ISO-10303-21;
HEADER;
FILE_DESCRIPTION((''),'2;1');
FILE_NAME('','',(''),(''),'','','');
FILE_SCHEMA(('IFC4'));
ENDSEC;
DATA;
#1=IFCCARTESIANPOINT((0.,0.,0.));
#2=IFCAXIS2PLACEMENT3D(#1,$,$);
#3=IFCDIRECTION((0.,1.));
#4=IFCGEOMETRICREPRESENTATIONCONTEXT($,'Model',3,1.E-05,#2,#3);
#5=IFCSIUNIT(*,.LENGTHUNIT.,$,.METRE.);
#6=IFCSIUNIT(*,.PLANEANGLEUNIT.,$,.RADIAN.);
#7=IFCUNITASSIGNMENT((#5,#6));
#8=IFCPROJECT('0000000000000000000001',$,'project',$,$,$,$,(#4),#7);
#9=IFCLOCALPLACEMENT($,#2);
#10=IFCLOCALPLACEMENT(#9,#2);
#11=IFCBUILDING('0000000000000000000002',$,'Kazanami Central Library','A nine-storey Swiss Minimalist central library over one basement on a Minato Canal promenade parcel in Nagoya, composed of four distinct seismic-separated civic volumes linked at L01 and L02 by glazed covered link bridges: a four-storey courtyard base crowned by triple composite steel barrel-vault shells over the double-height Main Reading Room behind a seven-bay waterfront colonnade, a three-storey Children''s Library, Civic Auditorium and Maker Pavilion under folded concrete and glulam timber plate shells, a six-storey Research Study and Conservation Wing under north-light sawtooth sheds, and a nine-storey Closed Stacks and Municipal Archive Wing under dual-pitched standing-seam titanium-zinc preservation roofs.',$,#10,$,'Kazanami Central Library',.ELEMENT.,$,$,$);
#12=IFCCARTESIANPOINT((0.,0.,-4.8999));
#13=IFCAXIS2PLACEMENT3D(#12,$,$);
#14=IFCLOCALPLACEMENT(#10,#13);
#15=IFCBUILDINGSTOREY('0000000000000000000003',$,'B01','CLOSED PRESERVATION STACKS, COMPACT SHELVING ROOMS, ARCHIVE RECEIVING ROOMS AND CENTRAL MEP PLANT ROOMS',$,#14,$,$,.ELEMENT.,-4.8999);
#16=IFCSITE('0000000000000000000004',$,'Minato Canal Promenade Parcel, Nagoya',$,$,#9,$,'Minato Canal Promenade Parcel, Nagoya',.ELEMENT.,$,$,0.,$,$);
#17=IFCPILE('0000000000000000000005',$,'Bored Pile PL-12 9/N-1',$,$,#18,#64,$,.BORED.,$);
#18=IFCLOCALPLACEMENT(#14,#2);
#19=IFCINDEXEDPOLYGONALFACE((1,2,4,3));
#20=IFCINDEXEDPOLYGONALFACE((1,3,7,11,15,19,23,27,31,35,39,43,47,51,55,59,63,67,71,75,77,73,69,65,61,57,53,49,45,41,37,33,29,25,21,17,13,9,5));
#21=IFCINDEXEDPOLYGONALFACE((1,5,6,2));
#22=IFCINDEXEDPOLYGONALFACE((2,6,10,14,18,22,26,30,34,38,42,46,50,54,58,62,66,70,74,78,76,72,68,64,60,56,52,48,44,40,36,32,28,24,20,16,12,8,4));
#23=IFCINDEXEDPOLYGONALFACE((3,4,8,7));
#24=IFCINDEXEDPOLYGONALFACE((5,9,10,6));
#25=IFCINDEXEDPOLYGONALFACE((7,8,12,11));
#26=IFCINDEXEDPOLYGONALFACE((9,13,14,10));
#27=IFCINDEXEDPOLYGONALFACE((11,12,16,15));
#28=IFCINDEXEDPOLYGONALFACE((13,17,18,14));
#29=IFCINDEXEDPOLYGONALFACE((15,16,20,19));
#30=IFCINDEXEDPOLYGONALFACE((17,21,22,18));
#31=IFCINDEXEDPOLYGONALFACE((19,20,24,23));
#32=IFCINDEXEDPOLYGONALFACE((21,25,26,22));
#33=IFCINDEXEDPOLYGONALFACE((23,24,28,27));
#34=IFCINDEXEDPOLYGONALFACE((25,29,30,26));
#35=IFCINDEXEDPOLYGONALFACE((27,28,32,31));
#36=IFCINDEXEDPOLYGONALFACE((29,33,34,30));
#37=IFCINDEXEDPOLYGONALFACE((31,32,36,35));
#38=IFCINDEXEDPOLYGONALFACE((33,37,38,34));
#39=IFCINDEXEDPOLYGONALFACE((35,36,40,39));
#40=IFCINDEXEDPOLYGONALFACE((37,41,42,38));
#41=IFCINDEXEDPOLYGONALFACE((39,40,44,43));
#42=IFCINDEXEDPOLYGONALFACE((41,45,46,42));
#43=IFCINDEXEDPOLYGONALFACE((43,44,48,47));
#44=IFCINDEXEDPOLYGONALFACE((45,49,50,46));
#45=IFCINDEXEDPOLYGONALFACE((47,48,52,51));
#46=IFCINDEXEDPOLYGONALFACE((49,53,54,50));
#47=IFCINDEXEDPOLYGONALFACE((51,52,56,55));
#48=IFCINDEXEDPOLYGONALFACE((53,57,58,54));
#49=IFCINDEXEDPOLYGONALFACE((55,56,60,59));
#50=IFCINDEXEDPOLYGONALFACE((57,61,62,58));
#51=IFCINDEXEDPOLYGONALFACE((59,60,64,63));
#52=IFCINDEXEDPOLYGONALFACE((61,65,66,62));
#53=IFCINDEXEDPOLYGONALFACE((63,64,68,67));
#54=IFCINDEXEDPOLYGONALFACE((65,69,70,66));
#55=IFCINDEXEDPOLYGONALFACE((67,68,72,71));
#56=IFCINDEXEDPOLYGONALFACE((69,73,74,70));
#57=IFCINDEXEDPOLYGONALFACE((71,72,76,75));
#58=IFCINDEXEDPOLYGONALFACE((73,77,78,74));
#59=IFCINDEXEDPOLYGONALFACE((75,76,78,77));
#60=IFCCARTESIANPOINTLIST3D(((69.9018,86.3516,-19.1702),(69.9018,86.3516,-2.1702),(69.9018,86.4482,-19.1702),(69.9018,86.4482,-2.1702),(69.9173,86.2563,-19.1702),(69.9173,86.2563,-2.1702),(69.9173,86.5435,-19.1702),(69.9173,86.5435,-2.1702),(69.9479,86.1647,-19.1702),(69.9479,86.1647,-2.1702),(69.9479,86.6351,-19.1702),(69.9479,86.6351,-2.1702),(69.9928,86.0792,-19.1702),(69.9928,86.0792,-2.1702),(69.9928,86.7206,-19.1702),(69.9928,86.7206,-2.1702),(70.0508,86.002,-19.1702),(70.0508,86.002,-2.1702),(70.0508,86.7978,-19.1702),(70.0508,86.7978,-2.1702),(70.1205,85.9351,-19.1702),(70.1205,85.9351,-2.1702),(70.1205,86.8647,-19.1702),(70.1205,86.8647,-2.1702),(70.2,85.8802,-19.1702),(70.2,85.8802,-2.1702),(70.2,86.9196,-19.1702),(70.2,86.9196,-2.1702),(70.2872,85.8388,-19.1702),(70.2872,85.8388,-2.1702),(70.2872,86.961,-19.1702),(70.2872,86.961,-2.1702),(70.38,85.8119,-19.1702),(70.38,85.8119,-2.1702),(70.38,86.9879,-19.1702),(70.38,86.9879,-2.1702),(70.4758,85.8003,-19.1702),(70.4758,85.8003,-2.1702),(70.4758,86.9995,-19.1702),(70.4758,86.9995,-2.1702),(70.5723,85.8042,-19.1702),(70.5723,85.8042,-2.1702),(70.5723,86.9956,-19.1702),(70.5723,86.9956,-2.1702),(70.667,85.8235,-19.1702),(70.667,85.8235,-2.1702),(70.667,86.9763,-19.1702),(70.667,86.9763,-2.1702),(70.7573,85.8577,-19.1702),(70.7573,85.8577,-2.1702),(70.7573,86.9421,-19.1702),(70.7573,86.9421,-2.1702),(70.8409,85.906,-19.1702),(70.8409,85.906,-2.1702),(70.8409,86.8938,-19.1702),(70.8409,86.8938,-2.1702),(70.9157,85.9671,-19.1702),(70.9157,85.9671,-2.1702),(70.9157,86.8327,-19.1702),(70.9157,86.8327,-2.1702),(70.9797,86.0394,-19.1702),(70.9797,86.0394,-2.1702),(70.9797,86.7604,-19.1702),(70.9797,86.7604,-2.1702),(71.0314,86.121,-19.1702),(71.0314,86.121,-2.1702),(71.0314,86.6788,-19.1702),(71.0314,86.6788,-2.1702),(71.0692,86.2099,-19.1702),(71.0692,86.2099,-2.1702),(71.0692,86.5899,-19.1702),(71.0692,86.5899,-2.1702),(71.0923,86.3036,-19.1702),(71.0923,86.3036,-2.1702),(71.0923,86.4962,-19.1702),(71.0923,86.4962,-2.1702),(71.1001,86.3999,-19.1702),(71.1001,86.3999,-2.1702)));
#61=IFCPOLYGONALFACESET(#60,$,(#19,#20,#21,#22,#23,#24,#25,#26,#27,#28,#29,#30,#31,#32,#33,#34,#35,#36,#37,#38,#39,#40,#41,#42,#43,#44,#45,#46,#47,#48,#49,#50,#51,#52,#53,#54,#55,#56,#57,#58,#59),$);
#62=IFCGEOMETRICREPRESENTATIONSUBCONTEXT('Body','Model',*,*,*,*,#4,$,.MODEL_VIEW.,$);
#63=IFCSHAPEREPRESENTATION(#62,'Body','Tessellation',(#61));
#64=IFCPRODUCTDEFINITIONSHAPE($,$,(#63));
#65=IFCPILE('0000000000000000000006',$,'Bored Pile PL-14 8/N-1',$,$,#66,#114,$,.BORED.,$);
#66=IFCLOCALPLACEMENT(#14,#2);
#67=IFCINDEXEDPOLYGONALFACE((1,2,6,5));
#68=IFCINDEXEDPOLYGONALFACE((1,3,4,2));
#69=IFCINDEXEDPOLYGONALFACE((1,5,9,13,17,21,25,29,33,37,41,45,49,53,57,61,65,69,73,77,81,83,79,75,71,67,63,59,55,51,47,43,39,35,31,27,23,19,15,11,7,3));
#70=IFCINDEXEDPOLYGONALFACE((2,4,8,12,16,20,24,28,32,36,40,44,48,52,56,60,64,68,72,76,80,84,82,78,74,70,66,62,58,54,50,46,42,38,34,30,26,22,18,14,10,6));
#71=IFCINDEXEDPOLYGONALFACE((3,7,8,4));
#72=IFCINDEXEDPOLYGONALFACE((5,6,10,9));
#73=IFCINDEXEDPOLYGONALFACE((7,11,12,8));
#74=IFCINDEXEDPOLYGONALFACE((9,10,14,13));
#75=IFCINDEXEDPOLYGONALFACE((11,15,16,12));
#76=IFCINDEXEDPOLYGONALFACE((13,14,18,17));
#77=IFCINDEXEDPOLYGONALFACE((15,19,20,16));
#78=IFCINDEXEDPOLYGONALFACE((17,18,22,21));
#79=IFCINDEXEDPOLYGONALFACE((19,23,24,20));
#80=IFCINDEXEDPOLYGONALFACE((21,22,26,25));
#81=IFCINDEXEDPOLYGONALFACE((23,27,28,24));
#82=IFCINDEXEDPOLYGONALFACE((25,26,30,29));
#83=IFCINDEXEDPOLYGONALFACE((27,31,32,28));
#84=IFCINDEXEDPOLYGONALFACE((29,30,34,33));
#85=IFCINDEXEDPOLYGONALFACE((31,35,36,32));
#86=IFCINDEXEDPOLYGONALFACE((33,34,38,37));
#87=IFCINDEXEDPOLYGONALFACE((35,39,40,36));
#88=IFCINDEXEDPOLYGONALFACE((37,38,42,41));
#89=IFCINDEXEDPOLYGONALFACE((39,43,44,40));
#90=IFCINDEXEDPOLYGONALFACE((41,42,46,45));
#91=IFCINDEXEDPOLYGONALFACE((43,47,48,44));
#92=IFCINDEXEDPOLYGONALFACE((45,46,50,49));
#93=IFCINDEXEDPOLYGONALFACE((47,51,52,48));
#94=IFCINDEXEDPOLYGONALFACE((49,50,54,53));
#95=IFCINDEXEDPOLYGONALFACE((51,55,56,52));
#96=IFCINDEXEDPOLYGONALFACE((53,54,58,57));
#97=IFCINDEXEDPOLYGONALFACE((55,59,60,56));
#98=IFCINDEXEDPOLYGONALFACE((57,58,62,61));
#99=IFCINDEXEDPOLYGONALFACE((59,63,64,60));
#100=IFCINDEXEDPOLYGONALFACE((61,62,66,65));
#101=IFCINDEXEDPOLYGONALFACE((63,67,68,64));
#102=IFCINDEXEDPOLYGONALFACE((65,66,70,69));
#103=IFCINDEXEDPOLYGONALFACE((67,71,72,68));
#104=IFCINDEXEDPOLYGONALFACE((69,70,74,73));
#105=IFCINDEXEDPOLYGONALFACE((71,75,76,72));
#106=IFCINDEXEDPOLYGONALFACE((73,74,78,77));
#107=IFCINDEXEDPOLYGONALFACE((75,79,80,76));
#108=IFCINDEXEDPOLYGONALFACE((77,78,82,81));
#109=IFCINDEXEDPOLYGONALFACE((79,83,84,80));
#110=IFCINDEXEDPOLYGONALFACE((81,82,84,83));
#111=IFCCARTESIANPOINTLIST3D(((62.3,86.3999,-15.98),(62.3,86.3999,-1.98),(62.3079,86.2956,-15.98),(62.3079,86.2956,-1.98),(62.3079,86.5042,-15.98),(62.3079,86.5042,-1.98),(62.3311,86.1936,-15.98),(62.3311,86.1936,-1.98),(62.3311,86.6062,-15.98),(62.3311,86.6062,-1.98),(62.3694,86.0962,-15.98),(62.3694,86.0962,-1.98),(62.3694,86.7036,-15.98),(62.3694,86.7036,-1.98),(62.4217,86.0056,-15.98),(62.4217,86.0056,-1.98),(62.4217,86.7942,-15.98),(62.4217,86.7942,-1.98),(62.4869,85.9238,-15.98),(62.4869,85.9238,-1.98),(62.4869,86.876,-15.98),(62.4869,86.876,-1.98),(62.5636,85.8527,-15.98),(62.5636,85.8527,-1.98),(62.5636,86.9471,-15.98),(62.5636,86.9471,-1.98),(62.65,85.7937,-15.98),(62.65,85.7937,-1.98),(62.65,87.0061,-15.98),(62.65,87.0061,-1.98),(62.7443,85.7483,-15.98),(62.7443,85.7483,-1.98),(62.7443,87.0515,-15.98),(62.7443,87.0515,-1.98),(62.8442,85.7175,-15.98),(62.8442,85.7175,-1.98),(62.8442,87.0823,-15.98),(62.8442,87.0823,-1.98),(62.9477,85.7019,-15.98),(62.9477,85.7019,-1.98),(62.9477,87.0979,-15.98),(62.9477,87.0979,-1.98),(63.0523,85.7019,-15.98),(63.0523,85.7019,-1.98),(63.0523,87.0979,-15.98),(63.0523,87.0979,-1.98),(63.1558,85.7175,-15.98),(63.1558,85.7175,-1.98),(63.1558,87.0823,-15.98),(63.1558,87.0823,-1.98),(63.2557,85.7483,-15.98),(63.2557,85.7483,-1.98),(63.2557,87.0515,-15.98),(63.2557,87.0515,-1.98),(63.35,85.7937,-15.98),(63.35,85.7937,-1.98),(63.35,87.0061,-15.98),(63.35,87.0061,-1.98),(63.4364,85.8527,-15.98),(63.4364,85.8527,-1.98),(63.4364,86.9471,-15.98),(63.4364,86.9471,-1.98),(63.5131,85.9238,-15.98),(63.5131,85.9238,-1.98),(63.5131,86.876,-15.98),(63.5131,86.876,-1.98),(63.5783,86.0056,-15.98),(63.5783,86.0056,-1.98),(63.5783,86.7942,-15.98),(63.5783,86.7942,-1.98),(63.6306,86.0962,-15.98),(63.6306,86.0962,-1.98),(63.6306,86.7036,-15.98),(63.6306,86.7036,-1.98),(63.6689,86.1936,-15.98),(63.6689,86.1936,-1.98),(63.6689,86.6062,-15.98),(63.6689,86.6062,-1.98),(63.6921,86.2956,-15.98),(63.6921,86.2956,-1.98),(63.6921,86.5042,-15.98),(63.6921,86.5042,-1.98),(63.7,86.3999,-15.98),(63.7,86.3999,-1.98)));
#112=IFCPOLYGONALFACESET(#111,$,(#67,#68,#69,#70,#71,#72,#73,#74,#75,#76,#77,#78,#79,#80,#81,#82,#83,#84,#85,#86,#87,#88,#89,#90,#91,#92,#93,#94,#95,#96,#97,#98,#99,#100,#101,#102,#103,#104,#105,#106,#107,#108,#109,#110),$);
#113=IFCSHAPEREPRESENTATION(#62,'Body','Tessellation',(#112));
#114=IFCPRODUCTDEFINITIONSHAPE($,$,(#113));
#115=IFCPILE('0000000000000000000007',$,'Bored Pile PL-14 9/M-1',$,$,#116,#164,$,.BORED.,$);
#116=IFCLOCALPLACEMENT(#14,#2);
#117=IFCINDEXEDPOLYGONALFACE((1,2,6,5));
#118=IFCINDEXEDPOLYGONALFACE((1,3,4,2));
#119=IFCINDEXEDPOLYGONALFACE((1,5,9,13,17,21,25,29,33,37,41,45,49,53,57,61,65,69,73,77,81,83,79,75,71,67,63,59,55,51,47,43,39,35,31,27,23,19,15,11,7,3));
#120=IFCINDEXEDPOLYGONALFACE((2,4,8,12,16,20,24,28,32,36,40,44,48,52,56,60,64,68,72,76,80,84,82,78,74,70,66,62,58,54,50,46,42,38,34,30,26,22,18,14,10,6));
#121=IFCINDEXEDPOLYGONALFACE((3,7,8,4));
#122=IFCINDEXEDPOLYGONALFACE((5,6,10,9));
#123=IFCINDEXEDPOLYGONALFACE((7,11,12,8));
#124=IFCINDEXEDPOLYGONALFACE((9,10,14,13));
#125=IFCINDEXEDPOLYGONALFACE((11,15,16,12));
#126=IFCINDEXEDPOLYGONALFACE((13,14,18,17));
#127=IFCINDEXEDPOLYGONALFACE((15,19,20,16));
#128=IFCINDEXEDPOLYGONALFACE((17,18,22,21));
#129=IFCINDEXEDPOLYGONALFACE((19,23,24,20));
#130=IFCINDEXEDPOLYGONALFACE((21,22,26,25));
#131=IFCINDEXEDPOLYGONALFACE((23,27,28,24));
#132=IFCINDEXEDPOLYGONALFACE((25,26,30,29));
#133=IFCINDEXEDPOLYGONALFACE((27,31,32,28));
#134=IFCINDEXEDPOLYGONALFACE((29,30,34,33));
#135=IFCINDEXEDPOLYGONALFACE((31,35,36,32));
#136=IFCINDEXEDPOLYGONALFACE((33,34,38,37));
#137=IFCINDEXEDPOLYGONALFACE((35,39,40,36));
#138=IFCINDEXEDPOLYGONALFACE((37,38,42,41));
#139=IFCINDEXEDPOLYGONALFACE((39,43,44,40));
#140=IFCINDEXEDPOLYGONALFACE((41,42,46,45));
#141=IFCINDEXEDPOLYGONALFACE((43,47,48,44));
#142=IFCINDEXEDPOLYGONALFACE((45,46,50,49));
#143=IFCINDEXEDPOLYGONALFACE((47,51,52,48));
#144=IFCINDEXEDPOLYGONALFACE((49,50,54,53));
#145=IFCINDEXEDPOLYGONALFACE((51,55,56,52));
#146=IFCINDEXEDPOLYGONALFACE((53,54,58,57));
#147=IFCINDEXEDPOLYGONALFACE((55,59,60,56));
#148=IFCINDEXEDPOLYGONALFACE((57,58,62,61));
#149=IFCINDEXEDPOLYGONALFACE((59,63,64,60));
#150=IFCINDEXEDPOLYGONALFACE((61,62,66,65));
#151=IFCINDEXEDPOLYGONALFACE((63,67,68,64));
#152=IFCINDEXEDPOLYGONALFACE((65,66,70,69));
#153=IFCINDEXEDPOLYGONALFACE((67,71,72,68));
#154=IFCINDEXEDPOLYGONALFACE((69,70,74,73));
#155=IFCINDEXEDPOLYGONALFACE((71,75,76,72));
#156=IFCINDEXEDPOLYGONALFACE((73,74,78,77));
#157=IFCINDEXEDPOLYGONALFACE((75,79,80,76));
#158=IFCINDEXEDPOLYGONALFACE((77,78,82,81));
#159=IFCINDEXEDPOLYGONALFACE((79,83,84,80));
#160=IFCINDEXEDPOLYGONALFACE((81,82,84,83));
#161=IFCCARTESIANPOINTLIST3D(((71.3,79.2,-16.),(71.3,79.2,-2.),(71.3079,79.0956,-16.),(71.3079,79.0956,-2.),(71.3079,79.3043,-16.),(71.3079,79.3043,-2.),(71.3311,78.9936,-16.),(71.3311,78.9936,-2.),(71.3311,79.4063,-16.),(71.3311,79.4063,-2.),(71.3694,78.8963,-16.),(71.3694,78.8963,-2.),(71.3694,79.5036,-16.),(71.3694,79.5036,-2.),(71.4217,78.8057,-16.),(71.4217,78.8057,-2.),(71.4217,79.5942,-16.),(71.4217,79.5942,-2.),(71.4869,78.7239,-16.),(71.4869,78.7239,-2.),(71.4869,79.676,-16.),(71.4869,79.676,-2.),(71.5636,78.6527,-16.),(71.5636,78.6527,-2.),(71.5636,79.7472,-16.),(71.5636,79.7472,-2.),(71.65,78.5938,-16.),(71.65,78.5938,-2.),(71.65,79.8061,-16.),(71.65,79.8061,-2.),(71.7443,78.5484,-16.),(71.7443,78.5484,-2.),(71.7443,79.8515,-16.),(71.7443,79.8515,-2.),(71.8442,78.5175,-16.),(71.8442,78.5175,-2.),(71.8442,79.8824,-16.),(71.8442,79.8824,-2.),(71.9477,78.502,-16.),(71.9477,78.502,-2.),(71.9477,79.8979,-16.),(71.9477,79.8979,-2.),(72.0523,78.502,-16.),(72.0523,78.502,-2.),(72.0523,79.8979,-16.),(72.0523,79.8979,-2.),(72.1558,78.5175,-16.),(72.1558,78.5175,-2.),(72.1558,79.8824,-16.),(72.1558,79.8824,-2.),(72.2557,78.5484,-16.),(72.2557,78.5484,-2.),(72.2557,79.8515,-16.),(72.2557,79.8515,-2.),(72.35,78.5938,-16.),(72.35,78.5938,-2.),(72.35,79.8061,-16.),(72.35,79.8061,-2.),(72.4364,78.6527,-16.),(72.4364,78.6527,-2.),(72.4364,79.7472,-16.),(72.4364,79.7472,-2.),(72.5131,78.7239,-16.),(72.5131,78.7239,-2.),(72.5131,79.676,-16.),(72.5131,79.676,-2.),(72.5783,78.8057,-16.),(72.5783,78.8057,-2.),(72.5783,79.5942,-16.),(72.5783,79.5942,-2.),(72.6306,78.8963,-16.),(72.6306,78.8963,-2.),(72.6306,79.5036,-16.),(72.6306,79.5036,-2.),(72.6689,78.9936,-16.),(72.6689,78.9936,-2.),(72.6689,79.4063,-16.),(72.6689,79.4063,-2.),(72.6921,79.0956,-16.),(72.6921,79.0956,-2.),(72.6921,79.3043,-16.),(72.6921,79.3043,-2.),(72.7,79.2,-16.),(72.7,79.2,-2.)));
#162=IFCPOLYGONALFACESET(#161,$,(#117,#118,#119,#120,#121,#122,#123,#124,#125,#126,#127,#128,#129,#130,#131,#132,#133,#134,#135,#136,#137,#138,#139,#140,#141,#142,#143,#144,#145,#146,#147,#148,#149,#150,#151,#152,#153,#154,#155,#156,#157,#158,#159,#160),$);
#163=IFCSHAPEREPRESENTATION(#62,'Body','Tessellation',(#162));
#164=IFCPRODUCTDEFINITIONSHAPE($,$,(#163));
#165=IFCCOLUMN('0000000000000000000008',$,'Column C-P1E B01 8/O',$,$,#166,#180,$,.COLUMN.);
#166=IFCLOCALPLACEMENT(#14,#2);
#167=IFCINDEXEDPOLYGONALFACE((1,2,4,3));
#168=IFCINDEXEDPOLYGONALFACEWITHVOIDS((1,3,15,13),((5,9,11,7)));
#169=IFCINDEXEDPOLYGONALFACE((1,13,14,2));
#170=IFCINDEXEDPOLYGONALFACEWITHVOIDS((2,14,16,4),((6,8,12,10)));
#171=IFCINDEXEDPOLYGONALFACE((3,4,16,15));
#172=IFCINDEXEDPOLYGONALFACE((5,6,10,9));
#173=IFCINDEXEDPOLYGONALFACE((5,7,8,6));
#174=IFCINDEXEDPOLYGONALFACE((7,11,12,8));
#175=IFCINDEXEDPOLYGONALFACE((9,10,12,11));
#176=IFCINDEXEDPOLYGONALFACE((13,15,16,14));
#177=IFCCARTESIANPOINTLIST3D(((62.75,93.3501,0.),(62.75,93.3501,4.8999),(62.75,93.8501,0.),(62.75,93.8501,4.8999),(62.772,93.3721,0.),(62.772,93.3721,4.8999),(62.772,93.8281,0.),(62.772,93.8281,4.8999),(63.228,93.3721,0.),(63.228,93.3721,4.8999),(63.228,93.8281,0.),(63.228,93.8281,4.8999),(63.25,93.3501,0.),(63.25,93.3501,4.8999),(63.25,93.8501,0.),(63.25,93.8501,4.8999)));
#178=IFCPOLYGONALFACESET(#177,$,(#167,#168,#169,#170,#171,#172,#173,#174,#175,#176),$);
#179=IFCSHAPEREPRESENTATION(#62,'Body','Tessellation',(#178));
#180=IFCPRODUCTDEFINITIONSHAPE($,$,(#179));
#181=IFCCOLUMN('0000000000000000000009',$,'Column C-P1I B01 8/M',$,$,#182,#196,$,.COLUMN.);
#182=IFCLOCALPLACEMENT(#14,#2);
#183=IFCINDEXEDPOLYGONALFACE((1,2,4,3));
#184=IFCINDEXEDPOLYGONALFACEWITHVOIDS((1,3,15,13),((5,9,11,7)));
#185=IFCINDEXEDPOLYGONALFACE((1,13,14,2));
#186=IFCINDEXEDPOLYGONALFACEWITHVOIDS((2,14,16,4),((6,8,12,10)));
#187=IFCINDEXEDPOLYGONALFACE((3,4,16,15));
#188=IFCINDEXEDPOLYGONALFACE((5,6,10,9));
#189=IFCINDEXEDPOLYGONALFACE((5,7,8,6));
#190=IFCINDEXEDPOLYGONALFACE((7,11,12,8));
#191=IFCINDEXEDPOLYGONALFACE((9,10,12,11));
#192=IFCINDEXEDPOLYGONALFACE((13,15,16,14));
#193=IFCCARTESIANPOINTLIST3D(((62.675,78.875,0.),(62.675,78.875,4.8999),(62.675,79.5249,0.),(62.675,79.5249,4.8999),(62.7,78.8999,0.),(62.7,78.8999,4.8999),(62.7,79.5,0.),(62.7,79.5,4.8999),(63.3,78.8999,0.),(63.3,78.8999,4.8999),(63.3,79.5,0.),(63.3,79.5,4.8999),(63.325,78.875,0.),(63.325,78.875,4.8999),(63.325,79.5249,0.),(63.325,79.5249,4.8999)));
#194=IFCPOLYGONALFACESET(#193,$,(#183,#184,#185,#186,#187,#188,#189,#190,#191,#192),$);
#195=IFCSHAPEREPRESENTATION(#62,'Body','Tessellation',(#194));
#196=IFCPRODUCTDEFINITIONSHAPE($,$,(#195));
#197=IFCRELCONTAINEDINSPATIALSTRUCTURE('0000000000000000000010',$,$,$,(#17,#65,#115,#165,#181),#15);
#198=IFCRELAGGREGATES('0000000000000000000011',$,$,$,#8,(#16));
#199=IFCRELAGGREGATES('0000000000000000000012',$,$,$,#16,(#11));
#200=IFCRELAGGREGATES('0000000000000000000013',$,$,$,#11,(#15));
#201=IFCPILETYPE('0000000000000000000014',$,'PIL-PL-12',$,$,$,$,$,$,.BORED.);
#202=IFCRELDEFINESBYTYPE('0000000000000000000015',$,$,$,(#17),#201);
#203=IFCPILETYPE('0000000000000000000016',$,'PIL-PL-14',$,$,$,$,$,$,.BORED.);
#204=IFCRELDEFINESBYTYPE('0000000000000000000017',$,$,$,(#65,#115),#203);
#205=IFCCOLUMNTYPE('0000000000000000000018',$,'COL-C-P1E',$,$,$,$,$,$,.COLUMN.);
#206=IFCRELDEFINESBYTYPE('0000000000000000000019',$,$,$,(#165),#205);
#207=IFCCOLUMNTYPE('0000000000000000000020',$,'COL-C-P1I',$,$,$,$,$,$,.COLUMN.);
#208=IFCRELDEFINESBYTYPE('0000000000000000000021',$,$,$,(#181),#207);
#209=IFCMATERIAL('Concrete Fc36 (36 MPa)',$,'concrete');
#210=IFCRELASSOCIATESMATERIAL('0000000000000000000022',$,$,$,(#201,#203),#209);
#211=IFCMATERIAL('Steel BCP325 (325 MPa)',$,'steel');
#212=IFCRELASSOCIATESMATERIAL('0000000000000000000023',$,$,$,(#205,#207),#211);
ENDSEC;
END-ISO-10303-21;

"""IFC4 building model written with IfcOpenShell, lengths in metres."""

from ifc_helpers import new_model, si_unit, direction, frame, origin, origin_2d, place, context, subcontext, project, spatial, hollow_rectangle, circle, extrude, material, material_profile, profile_set, type_object, element, save


model = new_model("IFC4")

# Units and contexts
model_context = context("Model", 3, precision=1e-05, world=origin(), true_north=direction((0.0, 1.0)))
body_context = subcontext(model_context, "Body", "Model", "MODEL_VIEW")
ifc_project = project(units=[si_unit("LENGTHUNIT", "METRE"), si_unit("PLANEANGLEUNIT", "RADIAN")], contexts=[model_context])

# Site, building, storey
site_placement = place(None, origin())
site = spatial("IfcSite", under=ifc_project, at=site_placement, Name="Minato Canal Promenade Parcel, Nagoya", LongName="Minato Canal Promenade Parcel, Nagoya", CompositionType="ELEMENT", RefElevation=0.0)
building_placement = place(site_placement, origin())
building = spatial("IfcBuilding", under=site, at=building_placement, Name="Kazanami Central Library", Description="A nine-storey Swiss Minimalist central library over one basement on a Minato Canal promenade parcel in Nagoya, composed of four distinct seismic-separated civic volumes linked at L01 and L02 by glazed covered link bridges: a four-storey courtyard base crowned by triple composite steel barrel-vault shells over the double-height Main Reading Room behind a seven-bay waterfront colonnade, a three-storey Children's Library, Civic Auditorium and Maker Pavilion under folded concrete and glulam timber plate shells, a six-storey Research Study and Conservation Wing under north-light sawtooth sheds, and a nine-storey Closed Stacks and Municipal Archive Wing under dual-pitched standing-seam titanium-zinc preservation roofs.", LongName="Kazanami Central Library", CompositionType="ELEMENT")
storey_placement = place(building_placement, frame((0.0, 0.0, -4.8999)))
storey = spatial("IfcBuildingStorey", under=building, at=storey_placement, Name="B01", Description="CLOSED PRESERVATION STACKS, COMPACT SHELVING ROOMS, ARCHIVE RECEIVING ROOMS AND CENTRAL MEP PLANT ROOMS", CompositionType="ELEMENT", Elevation=-4.8999)

# Shared definitions
ifc_material_1 = material(Name="Concrete Fc36 (36 MPa)", Category="concrete")

# Piles
ifc_material_profile_1 = material_profile(ifc_material_1, circle(Radius=0.6001, at=origin_2d()), Name="BORED-D1200")
ifc_profile_set_1 = profile_set([ifc_material_profile_1], Name="Concrete Fc36 (36 MPa)")
pile_type_1 = type_object("IfcPileType", Name="PIL-PL-12", PredefinedType="BORED", material=ifc_profile_set_1)
pile_1_placement = place(storey_placement, frame((70.5, 86.3999, -2.1702), z_axis=(0.0, 0.0, -1.0), x_axis=(1.0, 0.0, 0.0)))
element("IfcPile", 1, at=pile_1_placement, inside=storey, type_object=pile_type_1, Name="Bored Pile PL-12 9/N-1", PredefinedType="BORED", context=body_context, shape_type="SweptSolid", body=[
    extrude(circle(Radius=0.6001, at=origin_2d()), origin(), (0.0, 0.0, 1.0), 17.0),
])
ifc_material_profile_2 = material_profile(ifc_material_1, circle(Radius=0.7, at=origin_2d()), Name="BORED-D1400")
ifc_profile_set_2 = profile_set([ifc_material_profile_2], Name="Concrete Fc36 (36 MPa)")
pile_type_2 = type_object("IfcPileType", Name="PIL-PL-14", PredefinedType="BORED", material=ifc_profile_set_2)
for number, where, z_axis, x_axis, name in (
    (2, (63.0, 86.3999, -1.98), (0.0, 0.0, -1.0), (1.0, 0.0, 0.0), "Bored Pile PL-14 8/N-1"),
    (3, (72.0, 79.2, -2.0), (0.0, 0.0, -1.0), (1.0, 0.0, 0.0), "Bored Pile PL-14 9/M-1"),
):
    element("IfcPile", number, at=place(storey_placement, frame(where, z_axis=z_axis, x_axis=x_axis)), inside=storey, type_object=pile_type_2, Name=name, PredefinedType="BORED", context=body_context, shape_type="SweptSolid", body=[
        extrude(circle(Radius=0.7, at=origin_2d()), origin(), (0.0, 0.0, 1.0), 14.0),
    ])

# Columns
ifc_material_2 = material(Name="Steel BCP325 (325 MPa)", Category="steel")
ifc_material_profile_3 = material_profile(ifc_material_2, hollow_rectangle(XDim=0.5, YDim=0.5, WallThickness=0.022, at=origin_2d()), Name="BCP-500x500x22")
ifc_profile_set_3 = profile_set([ifc_material_profile_3], Name="Steel BCP325 (325 MPa)")
column_type_1 = type_object("IfcColumnType", Name="COL-C-P1E", PredefinedType="COLUMN", material=ifc_profile_set_3)
column_placement = place(storey_placement, frame((63.0, 93.6001, 0.0), z_axis=(0.0, 0.0, 1.0), x_axis=(1.0, 0.0, 0.0)))
element("IfcColumn", 4, at=column_placement, inside=storey, type_object=column_type_1, Name="Column C-P1E B01 8/O", PredefinedType="COLUMN", context=body_context, shape_type="SweptSolid", body=[
    extrude(hollow_rectangle(XDim=0.5, YDim=0.5, WallThickness=0.022, at=origin_2d()), origin(), (0.0, 0.0, 1.0), 4.8999),
])
ifc_material_profile_4 = material_profile(ifc_material_2, hollow_rectangle(XDim=0.6499, YDim=0.6499, WallThickness=0.0249, at=origin_2d()), Name="BCP-650x650x25")
ifc_profile_set_4 = profile_set([ifc_material_profile_4], Name="Steel BCP325 (325 MPa)")
column_type_2 = type_object("IfcColumnType", Name="COL-C-P1I", PredefinedType="COLUMN", material=ifc_profile_set_4)
for number, where, z_axis, x_axis, name in (
    (5, (63.0, 79.2, 0.0), (0.0, 0.0, 1.0), (1.0, 0.0, 0.0), "Column C-P1I B01 8/M"),
):
    element("IfcColumn", number, at=place(storey_placement, frame(where, z_axis=z_axis, x_axis=x_axis)), inside=storey, type_object=column_type_2, Name=name, PredefinedType="COLUMN", context=body_context, shape_type="SweptSolid", body=[
        extrude(hollow_rectangle(XDim=0.6499, YDim=0.6499, WallThickness=0.0249, at=origin_2d()), origin(), (0.0, 0.0, 1.0), 4.8999),
    ])

save(model, "model.ifc")
